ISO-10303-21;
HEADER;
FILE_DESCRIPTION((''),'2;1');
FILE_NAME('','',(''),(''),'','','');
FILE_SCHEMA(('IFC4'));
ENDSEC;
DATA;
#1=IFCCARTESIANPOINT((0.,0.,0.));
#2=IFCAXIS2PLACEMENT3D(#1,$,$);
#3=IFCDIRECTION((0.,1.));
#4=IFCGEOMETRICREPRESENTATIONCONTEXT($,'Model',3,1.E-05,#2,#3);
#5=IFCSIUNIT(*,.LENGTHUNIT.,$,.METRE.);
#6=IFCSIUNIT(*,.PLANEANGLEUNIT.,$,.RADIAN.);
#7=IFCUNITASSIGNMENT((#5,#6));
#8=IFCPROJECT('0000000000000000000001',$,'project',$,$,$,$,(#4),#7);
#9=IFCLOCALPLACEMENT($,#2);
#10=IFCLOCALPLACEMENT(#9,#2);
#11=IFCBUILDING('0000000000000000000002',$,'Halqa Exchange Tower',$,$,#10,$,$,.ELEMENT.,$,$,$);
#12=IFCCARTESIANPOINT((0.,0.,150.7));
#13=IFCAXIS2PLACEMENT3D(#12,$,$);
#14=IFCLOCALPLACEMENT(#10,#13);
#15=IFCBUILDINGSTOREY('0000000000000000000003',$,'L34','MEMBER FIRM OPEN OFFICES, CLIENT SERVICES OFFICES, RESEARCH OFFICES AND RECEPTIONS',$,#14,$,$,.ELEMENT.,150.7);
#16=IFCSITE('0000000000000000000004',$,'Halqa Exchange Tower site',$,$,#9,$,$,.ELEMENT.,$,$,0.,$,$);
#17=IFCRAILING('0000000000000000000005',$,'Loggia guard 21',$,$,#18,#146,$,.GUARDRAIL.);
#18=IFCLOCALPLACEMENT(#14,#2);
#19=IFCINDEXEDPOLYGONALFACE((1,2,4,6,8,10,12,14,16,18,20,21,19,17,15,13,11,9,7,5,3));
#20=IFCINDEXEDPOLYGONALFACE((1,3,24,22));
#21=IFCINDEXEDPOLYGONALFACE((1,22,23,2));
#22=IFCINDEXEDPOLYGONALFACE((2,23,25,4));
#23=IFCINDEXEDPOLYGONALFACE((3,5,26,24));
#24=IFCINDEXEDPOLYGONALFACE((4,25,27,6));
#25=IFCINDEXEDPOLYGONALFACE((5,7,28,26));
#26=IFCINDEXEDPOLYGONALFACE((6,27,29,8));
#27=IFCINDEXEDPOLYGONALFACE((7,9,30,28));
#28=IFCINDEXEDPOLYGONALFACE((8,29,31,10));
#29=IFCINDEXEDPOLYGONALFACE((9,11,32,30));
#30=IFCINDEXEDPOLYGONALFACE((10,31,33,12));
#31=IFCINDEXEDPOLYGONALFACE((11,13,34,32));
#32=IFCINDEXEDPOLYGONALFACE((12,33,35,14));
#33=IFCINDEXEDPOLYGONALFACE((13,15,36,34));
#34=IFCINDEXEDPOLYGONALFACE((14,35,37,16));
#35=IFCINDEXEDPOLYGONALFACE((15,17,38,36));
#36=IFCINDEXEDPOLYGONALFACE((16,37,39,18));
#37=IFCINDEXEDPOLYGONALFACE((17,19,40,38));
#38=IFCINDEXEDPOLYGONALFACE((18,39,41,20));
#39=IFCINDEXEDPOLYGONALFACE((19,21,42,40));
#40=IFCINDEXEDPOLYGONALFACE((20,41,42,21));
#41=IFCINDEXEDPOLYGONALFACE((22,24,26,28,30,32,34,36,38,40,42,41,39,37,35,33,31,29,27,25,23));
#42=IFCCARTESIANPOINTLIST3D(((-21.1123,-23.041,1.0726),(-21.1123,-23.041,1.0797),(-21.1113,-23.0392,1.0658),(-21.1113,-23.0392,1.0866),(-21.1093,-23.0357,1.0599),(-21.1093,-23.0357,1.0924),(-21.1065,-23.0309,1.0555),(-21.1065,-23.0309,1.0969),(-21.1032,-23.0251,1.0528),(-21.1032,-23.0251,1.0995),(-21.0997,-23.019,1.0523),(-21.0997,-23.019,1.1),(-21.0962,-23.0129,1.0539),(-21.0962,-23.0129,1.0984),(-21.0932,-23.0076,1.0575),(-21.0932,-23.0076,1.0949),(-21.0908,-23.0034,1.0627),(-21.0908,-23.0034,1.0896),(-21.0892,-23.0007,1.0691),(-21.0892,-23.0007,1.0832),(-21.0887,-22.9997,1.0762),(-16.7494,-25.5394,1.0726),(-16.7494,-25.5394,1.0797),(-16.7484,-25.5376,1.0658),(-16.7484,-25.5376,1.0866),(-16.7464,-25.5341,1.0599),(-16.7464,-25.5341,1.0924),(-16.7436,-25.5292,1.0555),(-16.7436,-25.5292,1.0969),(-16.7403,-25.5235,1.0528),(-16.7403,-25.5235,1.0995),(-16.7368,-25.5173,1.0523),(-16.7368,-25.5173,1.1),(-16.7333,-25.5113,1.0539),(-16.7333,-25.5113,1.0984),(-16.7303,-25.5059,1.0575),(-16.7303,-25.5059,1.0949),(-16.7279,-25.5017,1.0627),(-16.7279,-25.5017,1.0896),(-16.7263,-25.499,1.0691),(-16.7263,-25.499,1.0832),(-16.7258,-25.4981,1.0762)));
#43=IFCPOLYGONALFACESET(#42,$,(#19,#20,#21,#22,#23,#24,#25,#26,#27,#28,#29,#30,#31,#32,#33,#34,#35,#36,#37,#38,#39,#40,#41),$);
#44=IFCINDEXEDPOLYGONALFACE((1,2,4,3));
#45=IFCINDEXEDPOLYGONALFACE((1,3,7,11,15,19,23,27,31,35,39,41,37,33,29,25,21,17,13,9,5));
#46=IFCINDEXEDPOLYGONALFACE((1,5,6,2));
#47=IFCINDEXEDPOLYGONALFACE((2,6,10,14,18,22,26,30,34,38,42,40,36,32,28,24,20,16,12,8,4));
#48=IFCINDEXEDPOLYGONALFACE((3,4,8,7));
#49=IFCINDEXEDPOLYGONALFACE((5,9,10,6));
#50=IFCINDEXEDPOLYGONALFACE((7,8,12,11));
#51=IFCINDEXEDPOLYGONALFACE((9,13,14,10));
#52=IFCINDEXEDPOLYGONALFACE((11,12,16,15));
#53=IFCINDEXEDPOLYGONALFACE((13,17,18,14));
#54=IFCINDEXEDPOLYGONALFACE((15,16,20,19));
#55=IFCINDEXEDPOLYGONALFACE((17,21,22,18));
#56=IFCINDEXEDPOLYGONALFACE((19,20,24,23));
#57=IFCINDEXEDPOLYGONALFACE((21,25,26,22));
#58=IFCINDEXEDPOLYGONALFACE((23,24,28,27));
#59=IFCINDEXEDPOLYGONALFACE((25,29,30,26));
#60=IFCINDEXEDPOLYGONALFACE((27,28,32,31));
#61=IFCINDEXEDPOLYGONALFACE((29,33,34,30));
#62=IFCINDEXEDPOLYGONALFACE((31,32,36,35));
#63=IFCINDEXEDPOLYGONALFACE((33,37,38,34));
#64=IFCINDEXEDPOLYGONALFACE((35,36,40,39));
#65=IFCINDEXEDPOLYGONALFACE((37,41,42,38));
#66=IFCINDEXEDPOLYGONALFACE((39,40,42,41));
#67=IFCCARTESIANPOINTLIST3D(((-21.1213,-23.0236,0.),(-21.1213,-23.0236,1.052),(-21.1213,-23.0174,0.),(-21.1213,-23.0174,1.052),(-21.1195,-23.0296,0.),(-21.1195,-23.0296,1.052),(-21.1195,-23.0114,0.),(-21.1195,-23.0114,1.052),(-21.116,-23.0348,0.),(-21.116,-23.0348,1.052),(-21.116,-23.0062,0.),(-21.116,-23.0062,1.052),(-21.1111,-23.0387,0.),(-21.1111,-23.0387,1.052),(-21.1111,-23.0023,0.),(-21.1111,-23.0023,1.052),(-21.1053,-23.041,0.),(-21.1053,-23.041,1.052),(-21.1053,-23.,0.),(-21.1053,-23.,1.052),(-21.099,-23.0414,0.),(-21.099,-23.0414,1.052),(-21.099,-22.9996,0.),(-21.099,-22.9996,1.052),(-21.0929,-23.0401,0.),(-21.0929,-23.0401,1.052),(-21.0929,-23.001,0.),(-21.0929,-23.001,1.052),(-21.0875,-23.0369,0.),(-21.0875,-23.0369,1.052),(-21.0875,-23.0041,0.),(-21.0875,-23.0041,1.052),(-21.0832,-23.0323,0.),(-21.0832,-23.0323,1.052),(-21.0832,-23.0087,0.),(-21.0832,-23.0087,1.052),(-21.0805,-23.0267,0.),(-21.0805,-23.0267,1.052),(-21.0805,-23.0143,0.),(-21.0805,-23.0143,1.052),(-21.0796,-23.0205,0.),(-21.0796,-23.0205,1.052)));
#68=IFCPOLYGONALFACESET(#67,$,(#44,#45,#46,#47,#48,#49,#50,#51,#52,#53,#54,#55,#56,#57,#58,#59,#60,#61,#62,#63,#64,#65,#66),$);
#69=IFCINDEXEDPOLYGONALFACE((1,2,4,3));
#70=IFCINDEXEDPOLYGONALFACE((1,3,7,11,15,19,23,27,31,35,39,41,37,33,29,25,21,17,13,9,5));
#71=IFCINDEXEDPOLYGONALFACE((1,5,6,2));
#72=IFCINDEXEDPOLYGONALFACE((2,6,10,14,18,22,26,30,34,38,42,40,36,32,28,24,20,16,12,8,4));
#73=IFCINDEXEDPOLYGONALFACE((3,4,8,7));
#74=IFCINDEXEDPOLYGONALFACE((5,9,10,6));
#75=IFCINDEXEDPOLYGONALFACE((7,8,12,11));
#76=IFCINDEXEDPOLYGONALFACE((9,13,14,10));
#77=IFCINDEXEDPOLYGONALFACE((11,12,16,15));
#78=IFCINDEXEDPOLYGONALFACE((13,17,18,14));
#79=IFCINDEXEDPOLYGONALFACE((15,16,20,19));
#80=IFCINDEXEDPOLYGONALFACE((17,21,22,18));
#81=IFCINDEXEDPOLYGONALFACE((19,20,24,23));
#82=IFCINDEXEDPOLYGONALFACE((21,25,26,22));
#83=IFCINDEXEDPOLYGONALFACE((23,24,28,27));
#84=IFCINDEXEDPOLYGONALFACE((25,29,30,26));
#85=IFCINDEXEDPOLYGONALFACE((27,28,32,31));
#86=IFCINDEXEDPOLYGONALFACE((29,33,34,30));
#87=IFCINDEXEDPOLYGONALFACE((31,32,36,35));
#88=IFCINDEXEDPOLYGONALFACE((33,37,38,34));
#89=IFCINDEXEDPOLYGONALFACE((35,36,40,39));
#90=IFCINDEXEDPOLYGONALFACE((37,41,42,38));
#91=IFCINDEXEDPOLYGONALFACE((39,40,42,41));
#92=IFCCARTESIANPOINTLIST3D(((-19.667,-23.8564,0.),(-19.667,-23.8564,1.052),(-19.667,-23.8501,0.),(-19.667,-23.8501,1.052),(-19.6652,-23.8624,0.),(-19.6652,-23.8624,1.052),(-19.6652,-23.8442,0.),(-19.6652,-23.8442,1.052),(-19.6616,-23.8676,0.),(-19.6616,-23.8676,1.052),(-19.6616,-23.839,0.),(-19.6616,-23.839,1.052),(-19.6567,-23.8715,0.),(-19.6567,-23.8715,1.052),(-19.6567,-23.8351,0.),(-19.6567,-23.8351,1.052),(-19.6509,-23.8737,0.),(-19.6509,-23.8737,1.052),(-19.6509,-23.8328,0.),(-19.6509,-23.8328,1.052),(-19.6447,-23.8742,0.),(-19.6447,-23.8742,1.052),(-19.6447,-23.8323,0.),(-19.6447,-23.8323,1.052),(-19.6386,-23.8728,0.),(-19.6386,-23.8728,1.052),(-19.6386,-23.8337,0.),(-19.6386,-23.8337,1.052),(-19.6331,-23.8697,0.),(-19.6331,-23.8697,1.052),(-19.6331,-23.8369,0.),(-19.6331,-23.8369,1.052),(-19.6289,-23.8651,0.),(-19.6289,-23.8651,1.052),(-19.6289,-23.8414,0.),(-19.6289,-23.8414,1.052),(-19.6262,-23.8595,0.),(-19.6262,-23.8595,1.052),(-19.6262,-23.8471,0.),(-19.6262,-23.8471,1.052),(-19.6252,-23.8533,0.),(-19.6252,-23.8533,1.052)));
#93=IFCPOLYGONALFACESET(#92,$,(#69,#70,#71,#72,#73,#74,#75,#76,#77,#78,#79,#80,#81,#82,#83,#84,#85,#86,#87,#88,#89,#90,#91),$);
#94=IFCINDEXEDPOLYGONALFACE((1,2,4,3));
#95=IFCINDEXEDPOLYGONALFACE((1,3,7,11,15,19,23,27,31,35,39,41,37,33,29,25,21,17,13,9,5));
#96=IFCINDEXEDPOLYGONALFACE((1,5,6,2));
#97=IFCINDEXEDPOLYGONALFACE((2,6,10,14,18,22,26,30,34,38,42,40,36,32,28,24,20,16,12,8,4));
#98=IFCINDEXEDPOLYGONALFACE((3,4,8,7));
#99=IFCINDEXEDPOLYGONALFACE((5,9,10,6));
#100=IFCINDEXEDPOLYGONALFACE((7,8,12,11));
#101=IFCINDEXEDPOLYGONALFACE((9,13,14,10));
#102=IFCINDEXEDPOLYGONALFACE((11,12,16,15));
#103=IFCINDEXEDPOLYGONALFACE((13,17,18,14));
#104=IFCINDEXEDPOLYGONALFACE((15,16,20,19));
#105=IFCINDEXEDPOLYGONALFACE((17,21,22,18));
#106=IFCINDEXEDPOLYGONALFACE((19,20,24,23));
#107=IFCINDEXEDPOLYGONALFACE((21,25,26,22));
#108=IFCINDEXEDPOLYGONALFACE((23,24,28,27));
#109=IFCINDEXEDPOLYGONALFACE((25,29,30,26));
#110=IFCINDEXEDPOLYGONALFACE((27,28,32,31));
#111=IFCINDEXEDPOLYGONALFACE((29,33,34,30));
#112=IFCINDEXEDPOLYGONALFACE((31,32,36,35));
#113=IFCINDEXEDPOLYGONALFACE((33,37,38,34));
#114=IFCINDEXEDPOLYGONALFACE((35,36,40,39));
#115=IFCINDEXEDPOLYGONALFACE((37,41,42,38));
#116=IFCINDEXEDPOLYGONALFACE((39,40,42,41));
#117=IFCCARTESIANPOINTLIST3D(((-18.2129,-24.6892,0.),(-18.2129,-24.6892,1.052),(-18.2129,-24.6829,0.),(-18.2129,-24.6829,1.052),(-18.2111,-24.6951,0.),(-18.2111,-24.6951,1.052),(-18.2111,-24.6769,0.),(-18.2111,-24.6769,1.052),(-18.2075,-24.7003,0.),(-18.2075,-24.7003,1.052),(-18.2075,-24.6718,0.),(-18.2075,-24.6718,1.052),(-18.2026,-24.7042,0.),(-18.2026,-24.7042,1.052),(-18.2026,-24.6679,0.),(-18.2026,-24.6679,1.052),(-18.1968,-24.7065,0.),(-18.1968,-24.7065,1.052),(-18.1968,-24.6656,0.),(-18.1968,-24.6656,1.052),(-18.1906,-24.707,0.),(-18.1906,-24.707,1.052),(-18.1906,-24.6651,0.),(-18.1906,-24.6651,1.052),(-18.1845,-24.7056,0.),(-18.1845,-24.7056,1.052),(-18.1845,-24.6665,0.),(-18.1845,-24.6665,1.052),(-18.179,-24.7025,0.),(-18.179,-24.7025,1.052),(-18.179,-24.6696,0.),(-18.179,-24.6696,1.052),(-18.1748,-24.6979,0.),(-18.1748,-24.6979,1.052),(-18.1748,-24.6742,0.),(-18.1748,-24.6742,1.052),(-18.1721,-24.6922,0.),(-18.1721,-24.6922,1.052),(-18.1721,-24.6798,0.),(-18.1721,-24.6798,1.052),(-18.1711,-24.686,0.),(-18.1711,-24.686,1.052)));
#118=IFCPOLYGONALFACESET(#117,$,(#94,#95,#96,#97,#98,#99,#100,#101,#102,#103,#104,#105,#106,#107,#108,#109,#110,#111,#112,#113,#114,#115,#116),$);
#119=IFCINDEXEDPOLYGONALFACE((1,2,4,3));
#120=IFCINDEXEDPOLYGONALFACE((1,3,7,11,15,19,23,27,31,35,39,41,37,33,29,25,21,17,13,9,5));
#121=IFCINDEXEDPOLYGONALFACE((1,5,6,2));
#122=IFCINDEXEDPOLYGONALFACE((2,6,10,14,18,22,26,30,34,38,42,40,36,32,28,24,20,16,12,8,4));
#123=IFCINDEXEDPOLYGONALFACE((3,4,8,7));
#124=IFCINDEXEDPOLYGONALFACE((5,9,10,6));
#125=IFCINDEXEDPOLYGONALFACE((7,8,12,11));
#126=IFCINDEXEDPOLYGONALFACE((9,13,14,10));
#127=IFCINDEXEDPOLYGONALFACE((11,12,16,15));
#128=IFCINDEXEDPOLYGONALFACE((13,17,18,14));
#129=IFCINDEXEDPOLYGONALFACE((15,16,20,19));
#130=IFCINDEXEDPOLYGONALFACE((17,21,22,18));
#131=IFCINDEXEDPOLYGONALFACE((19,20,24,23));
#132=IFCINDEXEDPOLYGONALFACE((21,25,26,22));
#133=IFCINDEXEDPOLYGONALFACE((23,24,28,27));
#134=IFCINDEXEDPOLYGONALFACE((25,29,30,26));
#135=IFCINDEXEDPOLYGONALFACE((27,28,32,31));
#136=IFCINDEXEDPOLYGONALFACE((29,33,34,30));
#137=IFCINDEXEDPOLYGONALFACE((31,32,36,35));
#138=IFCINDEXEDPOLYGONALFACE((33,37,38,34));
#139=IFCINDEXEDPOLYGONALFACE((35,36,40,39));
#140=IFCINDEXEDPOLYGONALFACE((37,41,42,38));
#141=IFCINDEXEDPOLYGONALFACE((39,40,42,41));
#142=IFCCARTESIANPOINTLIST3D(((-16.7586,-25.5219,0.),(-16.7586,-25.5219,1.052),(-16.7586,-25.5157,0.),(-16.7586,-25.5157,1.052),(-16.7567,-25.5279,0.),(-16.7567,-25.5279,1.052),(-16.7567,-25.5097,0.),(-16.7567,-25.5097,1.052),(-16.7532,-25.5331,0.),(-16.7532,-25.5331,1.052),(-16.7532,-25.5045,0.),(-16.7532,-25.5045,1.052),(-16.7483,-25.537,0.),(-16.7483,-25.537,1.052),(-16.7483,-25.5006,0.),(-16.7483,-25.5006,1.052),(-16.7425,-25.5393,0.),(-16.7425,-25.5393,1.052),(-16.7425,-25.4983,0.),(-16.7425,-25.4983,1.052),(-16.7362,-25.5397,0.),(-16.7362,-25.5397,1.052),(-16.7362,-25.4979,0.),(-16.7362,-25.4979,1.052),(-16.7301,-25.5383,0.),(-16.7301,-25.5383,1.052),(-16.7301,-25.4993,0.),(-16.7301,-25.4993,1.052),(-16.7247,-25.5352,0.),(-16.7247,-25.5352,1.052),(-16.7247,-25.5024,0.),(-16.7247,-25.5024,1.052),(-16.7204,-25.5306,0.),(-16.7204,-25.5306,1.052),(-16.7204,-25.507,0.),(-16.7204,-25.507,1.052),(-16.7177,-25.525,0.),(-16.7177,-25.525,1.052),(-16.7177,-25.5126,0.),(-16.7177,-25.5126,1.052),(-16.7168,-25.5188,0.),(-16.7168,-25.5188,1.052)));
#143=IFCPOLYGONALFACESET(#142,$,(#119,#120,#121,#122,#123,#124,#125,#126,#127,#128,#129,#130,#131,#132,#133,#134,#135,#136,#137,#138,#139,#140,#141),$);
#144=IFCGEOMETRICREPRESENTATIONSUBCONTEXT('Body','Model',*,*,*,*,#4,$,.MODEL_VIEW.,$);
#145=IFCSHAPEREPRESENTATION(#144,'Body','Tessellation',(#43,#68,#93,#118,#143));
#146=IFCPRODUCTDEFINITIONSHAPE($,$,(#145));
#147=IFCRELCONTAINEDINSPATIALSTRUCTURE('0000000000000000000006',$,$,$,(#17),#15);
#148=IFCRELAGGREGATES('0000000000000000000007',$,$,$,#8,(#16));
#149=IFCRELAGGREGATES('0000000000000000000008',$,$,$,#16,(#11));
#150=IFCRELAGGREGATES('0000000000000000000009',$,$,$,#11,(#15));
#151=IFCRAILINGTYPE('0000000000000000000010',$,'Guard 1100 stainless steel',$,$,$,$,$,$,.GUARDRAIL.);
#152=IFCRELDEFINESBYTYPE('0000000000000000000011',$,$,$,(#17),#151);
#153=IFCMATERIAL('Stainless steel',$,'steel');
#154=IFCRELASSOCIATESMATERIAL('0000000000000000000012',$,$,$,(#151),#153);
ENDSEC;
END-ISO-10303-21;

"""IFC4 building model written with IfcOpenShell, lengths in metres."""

from ifc_helpers import new_model, si_unit, direction, frame, origin, origin_2d, place, context, subcontext, project, spatial, circle, extrude, material, type_object, element, save


model = new_model("IFC4")

# Units and contexts
model_context = context("Model", 3, precision=1e-05, world=origin(), true_north=direction((0.0, 1.0)))
body_context = subcontext(model_context, "Body", "Model", "MODEL_VIEW")
ifc_project = project(units=[si_unit("LENGTHUNIT", "METRE"), si_unit("PLANEANGLEUNIT", "RADIAN")], contexts=[model_context])

# Site, building, storey
site_placement = place(None, origin())
site = spatial("IfcSite", under=ifc_project, at=site_placement, Name="Halqa Exchange Tower site", CompositionType="ELEMENT", RefElevation=0.0)
building_placement = place(site_placement, origin())
building = spatial("IfcBuilding", under=site, at=building_placement, Name="Halqa Exchange Tower", CompositionType="ELEMENT")
storey_placement = place(building_placement, frame((0.0, 0.0, 150.7)))
storey = spatial("IfcBuildingStorey", under=building, at=storey_placement, Name="L34", Description="MEMBER FIRM OPEN OFFICES, CLIENT SERVICES OFFICES, RESEARCH OFFICES AND RECEPTIONS", CompositionType="ELEMENT", Elevation=150.7)

# Railing
ifc_material_1 = material(Name="Stainless steel", Category="steel")
railing_type = type_object("IfcRailingType", Name="Guard 1100 stainless steel", PredefinedType="GUARDRAIL", material=ifc_material_1)
railing_1_placement = place(storey_placement, frame((-21.1006, -23.0205, 0.0)))
element("IfcRailing", 1, at=railing_1_placement, inside=storey, type_object=railing_type, Name="Loggia guard 21", PredefinedType="GUARDRAIL", context=body_context, shape_type="SweptSolid", body=[
    extrude(circle(Radius=0.0239, at=origin_2d()), frame((0.0, 0.0, 1.0762), z_axis=(0.867792, -0.496928, 0.0), x_axis=(0.496928, 0.867792, 0.0)), (0.0, 0.0, 1.0), 5.0276),
    extrude(circle(Radius=0.021, at=origin_2d()), origin(), (0.0, 0.0, 1.0), 1.052),
    extrude(circle(Radius=0.021, at=origin_2d()), frame((1.4543, -0.8328, 0.0)), (0.0, 0.0, 1.0), 1.052),
    extrude(circle(Radius=0.021, at=origin_2d()), frame((2.9084, -1.6655, 0.0)), (0.0, 0.0, 1.0), 1.052),
    extrude(circle(Radius=0.021, at=origin_2d()), frame((4.3628, -2.4983, 0.0)), (0.0, 0.0, 1.0), 1.052),
])

save(model, "model.ifc")
